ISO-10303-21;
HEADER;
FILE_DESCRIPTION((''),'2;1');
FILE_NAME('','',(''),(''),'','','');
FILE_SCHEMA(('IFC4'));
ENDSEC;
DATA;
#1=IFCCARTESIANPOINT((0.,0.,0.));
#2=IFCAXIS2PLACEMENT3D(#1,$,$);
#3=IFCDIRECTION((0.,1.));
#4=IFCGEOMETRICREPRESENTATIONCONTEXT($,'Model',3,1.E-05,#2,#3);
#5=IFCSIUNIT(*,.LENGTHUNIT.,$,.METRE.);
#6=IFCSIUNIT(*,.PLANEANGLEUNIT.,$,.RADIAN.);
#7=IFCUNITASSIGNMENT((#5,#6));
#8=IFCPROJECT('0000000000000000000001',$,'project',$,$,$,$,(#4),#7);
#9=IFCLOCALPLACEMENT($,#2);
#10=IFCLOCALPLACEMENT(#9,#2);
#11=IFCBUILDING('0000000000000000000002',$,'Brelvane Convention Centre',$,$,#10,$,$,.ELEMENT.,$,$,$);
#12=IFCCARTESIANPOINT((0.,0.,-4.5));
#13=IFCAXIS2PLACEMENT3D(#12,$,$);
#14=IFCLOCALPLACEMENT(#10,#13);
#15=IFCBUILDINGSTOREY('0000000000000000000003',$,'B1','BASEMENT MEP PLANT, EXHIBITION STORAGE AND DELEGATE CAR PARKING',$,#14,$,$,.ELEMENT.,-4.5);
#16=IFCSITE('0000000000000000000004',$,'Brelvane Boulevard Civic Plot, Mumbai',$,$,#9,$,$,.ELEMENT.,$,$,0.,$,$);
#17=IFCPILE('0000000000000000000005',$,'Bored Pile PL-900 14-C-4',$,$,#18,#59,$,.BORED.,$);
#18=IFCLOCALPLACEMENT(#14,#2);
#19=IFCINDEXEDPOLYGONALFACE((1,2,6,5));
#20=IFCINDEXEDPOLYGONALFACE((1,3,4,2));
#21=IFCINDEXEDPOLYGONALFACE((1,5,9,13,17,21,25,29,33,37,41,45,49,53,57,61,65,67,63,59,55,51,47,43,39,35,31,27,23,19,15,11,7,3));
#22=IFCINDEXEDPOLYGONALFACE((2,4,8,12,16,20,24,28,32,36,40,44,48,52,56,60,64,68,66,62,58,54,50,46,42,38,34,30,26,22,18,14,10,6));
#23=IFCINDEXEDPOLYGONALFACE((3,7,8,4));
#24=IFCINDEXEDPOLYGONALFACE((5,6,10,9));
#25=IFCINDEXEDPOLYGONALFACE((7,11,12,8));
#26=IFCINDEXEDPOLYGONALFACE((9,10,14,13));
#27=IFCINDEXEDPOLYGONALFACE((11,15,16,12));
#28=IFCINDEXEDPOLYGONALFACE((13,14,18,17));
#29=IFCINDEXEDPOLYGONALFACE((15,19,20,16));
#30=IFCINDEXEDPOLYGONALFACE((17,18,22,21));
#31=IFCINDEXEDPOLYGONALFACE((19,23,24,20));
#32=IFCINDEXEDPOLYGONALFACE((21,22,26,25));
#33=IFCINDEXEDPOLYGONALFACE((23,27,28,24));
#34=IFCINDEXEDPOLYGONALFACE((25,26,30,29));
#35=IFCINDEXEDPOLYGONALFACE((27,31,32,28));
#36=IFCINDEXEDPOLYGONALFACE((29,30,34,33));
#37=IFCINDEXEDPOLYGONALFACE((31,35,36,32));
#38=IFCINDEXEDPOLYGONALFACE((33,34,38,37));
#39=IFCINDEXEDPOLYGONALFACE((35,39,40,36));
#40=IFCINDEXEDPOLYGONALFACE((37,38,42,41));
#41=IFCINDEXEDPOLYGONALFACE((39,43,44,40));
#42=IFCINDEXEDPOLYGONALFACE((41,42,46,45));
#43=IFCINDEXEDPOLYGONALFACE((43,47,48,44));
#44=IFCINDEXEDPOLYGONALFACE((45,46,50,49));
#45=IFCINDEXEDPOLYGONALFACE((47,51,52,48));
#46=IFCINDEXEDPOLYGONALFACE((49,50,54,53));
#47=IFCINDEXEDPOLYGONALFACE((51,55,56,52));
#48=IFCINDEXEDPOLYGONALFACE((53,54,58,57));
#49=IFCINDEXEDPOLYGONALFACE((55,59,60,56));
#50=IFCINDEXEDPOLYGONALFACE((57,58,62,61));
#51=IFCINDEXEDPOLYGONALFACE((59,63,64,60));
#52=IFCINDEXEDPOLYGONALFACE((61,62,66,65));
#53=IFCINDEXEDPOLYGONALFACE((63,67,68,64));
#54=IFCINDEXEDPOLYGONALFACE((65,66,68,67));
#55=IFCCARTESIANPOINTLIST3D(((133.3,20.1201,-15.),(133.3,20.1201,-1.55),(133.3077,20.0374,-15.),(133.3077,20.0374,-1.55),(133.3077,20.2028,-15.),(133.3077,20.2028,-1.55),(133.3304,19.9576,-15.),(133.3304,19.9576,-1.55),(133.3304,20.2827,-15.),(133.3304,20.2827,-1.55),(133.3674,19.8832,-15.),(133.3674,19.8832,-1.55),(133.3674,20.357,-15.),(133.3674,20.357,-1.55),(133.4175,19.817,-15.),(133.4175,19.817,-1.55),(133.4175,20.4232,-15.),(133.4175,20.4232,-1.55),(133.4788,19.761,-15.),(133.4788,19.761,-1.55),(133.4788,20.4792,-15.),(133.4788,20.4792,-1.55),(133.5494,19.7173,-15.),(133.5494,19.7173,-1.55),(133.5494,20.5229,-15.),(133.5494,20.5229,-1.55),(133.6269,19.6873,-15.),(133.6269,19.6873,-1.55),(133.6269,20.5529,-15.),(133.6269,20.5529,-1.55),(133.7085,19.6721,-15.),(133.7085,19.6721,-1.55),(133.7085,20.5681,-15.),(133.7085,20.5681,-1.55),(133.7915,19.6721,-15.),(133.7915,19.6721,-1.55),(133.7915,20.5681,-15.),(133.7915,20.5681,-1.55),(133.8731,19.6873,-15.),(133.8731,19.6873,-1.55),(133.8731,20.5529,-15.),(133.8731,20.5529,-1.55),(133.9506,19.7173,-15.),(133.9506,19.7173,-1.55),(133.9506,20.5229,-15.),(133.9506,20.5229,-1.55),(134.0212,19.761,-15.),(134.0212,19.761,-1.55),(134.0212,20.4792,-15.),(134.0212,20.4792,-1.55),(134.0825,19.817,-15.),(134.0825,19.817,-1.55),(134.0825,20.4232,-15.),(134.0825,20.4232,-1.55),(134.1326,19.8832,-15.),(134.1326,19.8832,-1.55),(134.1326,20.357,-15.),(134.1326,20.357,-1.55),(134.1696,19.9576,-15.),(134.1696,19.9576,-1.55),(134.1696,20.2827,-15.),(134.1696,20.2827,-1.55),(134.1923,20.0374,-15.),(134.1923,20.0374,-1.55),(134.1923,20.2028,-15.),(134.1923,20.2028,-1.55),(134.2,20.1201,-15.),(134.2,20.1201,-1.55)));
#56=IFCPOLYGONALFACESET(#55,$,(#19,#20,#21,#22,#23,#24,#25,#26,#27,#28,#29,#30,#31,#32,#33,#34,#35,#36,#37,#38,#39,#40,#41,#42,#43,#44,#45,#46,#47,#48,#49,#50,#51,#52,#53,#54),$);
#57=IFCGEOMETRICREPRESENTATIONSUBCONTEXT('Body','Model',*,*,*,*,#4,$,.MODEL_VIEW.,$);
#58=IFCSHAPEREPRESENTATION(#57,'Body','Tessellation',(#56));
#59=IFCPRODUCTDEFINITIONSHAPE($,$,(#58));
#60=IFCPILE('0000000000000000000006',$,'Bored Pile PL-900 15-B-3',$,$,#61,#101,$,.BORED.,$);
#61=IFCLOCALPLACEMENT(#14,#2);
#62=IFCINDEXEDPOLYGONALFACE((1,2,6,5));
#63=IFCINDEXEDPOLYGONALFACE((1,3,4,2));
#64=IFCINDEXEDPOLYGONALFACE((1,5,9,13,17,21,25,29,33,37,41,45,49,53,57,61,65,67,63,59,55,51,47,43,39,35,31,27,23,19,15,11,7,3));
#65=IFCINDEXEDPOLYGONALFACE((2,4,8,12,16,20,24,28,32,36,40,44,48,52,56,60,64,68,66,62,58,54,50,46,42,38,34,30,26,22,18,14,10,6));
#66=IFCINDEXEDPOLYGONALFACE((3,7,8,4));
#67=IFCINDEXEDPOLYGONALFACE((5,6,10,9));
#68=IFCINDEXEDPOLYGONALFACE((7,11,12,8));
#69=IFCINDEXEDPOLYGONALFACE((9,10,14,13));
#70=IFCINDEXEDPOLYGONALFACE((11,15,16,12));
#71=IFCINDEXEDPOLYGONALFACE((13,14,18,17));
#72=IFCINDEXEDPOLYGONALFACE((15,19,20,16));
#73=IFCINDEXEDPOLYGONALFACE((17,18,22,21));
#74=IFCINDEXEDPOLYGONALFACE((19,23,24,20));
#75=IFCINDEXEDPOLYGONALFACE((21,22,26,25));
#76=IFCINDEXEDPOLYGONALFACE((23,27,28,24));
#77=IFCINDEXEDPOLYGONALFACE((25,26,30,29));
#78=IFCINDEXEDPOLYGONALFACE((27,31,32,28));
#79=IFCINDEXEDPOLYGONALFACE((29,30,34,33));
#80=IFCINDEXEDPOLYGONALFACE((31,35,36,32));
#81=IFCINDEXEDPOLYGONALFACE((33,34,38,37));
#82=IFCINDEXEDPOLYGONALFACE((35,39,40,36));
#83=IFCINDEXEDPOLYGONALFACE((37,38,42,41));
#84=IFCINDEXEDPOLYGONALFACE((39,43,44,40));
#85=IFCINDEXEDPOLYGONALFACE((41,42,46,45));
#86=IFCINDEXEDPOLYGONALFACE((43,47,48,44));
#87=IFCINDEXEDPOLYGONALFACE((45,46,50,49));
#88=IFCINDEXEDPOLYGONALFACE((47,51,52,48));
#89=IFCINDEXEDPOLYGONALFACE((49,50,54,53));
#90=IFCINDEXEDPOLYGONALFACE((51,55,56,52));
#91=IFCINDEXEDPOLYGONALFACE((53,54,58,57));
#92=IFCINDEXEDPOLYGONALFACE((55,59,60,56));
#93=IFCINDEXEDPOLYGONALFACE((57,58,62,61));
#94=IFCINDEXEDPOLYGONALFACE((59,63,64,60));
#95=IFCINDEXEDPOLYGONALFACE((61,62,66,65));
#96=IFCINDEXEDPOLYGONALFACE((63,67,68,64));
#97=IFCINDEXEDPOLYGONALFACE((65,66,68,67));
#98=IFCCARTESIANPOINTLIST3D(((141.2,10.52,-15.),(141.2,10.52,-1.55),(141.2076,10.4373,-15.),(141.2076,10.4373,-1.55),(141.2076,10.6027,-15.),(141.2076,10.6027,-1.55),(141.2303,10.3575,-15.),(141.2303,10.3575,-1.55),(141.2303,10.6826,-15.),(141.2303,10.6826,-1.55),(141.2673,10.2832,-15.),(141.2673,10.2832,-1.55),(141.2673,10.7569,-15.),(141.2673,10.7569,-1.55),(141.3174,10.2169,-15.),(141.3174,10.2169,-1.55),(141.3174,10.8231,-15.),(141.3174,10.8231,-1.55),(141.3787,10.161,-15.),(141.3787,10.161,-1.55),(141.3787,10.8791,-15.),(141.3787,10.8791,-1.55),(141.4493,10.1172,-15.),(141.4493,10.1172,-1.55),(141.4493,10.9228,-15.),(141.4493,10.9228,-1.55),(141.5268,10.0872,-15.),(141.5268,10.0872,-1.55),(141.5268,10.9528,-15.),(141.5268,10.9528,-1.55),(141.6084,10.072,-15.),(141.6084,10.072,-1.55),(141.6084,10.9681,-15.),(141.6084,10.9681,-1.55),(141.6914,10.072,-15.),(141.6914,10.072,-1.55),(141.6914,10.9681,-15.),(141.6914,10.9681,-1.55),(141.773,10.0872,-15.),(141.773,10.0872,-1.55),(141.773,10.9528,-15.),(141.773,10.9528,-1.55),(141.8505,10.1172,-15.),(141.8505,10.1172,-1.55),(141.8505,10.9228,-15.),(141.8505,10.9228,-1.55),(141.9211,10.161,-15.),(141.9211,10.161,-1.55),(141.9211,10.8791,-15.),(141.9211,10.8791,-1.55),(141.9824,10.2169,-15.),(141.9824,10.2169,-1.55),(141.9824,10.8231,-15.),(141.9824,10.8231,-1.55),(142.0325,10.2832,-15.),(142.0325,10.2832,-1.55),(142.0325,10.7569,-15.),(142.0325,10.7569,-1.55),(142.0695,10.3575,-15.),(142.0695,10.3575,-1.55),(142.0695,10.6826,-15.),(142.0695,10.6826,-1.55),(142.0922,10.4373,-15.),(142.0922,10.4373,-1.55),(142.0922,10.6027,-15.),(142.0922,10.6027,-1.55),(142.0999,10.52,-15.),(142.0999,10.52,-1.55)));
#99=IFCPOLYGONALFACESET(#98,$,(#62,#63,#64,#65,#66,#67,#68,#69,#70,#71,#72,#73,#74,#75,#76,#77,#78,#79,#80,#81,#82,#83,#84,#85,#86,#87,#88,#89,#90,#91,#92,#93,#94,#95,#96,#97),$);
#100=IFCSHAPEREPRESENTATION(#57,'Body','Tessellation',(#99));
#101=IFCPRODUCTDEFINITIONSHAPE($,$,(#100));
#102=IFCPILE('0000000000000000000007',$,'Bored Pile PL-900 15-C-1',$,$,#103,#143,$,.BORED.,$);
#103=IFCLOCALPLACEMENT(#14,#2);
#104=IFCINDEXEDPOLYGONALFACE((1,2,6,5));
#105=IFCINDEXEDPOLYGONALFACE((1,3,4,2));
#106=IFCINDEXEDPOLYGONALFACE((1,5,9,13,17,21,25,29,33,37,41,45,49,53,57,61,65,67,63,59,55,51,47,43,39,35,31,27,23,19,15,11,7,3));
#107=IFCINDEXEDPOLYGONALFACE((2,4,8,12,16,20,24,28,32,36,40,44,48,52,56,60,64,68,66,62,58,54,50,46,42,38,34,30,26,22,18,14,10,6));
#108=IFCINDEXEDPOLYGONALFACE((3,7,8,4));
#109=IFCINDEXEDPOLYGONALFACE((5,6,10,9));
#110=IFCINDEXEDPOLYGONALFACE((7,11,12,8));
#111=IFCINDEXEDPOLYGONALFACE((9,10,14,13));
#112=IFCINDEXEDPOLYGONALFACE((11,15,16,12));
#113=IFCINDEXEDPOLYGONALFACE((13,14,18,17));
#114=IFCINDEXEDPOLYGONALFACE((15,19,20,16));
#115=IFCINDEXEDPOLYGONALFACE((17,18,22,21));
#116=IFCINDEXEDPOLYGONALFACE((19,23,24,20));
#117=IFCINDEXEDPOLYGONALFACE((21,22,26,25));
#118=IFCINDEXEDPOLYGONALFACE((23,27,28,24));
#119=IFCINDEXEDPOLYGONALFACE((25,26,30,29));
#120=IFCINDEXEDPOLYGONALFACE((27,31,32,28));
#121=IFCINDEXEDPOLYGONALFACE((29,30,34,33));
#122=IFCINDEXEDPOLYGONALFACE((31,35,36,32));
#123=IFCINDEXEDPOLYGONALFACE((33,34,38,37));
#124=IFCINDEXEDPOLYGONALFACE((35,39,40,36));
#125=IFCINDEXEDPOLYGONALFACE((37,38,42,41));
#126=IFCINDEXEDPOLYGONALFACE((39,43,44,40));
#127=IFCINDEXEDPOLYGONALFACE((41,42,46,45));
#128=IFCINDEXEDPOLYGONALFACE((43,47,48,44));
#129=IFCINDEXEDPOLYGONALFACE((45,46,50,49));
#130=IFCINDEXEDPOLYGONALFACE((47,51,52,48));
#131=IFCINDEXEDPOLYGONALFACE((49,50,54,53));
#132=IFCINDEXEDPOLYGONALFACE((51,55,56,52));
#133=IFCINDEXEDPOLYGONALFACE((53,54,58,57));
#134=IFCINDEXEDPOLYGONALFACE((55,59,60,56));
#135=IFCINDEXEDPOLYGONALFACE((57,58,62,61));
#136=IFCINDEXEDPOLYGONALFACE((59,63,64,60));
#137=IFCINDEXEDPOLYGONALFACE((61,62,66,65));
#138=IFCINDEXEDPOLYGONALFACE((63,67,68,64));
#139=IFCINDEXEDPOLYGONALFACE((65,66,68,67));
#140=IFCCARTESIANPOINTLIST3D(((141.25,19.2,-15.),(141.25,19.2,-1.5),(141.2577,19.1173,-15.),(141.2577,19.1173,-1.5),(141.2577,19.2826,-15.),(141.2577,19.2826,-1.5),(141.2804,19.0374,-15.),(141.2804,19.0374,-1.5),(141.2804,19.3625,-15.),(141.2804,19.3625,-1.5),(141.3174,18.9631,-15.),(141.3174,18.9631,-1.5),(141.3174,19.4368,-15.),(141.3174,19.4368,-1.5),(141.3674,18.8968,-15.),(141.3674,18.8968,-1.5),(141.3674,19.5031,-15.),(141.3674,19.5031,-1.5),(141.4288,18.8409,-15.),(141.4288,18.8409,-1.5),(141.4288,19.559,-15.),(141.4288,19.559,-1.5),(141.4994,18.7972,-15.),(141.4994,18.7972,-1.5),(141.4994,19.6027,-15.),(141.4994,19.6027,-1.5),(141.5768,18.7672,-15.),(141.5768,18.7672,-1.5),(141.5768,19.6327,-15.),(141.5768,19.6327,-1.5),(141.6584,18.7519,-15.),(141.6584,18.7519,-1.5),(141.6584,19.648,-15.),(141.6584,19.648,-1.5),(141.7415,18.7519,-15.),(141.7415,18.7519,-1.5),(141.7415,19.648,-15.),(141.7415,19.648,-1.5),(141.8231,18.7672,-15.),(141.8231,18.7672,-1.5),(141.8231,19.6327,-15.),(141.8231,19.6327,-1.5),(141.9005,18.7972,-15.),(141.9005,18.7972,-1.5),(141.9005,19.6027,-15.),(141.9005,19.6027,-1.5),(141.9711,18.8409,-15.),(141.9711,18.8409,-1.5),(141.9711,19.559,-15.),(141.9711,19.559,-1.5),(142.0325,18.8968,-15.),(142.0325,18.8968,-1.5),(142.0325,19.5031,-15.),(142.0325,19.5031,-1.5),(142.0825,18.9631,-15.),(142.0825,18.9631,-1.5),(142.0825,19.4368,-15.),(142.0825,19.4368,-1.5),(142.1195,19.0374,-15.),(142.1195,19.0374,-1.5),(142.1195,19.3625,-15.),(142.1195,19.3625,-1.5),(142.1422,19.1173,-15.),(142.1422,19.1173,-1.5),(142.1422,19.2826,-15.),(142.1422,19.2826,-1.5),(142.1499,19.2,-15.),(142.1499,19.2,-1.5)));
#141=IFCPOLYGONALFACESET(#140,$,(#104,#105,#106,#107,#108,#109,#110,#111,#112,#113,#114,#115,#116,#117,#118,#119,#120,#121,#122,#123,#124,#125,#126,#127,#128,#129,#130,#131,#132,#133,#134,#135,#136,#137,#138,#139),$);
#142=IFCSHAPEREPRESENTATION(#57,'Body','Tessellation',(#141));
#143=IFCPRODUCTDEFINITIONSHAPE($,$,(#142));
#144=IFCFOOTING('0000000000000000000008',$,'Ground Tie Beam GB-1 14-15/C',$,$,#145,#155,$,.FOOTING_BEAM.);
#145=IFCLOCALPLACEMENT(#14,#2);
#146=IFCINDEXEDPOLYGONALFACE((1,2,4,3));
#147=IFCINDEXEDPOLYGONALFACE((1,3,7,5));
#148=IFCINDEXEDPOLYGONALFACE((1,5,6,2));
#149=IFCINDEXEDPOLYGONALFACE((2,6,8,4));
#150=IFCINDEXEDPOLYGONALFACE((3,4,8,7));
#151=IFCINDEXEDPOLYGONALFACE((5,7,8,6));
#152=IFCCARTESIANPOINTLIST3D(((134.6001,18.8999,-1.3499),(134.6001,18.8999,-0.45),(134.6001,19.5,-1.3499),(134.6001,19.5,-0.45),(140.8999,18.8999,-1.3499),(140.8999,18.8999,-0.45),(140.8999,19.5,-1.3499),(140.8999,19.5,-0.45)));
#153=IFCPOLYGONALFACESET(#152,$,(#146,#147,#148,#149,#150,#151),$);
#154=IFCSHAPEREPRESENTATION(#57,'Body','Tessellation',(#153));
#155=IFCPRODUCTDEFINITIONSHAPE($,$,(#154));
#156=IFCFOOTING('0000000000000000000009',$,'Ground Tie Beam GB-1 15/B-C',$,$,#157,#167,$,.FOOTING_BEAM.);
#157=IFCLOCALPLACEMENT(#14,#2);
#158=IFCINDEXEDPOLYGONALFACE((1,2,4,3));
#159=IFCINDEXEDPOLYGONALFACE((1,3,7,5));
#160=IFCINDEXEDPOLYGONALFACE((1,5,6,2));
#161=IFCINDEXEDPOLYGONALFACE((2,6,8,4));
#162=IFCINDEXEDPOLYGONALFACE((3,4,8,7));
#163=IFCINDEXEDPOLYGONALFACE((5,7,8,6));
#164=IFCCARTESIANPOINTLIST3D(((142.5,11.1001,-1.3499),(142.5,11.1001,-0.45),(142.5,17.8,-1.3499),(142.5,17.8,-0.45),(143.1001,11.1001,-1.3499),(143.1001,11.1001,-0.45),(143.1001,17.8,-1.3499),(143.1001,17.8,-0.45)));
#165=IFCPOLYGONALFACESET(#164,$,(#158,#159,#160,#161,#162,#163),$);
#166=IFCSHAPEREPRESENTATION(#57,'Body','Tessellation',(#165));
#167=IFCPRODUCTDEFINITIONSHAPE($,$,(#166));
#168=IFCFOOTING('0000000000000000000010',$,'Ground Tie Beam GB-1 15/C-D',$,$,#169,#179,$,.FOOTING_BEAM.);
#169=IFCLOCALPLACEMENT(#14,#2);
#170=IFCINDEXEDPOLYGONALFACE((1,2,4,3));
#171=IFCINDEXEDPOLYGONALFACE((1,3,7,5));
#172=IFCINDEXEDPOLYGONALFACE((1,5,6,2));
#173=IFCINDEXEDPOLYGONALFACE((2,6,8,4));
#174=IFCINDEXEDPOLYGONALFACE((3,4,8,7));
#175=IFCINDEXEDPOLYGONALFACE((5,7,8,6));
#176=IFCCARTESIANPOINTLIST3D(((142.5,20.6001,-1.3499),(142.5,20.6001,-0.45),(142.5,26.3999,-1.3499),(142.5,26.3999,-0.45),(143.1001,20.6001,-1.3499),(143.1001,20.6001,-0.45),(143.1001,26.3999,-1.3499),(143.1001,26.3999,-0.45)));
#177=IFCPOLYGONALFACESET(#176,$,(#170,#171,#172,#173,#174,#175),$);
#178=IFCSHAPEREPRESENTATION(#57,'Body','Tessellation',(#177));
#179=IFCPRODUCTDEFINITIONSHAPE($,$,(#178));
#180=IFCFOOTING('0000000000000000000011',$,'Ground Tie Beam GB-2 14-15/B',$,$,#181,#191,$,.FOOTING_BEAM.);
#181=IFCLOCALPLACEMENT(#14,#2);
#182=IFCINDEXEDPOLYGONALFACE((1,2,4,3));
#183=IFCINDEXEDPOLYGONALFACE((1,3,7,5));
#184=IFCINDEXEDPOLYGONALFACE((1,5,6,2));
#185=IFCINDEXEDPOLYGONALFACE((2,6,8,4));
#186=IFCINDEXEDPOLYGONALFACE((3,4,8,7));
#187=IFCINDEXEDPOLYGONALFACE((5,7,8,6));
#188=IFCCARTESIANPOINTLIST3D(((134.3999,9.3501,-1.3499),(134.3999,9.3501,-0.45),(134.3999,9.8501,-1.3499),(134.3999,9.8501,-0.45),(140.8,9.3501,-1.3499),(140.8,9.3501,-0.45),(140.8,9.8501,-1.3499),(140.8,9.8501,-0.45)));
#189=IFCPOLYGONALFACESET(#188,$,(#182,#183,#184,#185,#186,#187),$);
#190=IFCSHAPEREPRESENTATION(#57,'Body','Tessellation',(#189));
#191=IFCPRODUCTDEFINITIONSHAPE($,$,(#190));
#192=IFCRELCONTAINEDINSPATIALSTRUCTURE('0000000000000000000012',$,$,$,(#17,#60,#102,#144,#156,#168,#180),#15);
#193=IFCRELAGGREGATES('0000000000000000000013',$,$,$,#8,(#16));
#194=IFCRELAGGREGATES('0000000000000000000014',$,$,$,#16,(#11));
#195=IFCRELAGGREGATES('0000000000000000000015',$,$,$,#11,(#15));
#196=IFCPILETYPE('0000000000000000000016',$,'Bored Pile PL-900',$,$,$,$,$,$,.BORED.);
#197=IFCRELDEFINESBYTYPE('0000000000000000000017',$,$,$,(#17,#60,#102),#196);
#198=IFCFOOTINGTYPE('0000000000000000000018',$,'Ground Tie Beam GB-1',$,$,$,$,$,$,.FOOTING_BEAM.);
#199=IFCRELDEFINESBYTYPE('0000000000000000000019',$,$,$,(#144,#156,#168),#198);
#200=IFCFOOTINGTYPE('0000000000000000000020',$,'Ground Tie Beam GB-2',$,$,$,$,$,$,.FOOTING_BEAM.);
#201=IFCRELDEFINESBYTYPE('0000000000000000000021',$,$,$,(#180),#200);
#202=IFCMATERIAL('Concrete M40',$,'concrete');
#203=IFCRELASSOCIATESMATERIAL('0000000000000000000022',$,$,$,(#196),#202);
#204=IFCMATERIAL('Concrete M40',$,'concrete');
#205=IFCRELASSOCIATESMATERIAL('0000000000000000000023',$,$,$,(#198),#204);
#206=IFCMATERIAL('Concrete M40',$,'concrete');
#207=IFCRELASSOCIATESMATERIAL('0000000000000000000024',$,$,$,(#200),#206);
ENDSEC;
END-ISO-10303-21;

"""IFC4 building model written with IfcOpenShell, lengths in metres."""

from ifc_helpers import new_model, si_unit, direction, frame, origin, origin_2d, place, context, subcontext, project, spatial, rectangle, circle, extrude, material, material_profile, profile_set, type_object, element, save


model = new_model("IFC4")

# Units and contexts
model_context = context("Model", 3, precision=1e-05, world=origin(), true_north=direction((0.0, 1.0)))
body_context = subcontext(model_context, "Body", "Model", "MODEL_VIEW")
ifc_project = project(units=[si_unit("LENGTHUNIT", "METRE"), si_unit("PLANEANGLEUNIT", "RADIAN")], contexts=[model_context])

# Site, building, storey
site_placement = place(None, origin())
site = spatial("IfcSite", under=ifc_project, at=site_placement, Name="Brelvane Boulevard Civic Plot, Mumbai", CompositionType="ELEMENT", RefElevation=0.0)
building_placement = place(site_placement, origin())
building = spatial("IfcBuilding", under=site, at=building_placement, Name="Brelvane Convention Centre", CompositionType="ELEMENT")
storey_placement = place(building_placement, frame((0.0, 0.0, -4.5)))
storey = spatial("IfcBuildingStorey", under=building, at=storey_placement, Name="B1", Description="BASEMENT MEP PLANT, EXHIBITION STORAGE AND DELEGATE CAR PARKING", CompositionType="ELEMENT", Elevation=-4.5)

# Piles
ifc_material_1 = material(Name="Concrete M40", Category="concrete")
ifc_material_profile_1 = material_profile(ifc_material_1, circle(Radius=0.45, at=origin_2d()), Name="PILE D900")
ifc_profile_set_1 = profile_set([ifc_material_profile_1], Name="Concrete M40")
pile_type_1 = type_object("IfcPileType", Name="Bored Pile PL-900", PredefinedType="BORED", material=ifc_profile_set_1)
for number, where, z_axis, x_axis, name in (
    (1, (133.75, 20.1201, -1.55), (0.0, 0.0, -1.0), (1.0, 0.0, 0.0), "Bored Pile PL-900 14-C-4"),
    (2, (141.6499, 10.52, -1.55), (0.0, 0.0, -1.0), (1.0, 0.0, 0.0), "Bored Pile PL-900 15-B-3"),
):
    element("IfcPile", number, at=place(storey_placement, frame(where, z_axis=z_axis, x_axis=x_axis)), inside=storey, type_object=pile_type_1, Name=name, PredefinedType="BORED", context=body_context, shape_type="SweptSolid", body=[
        extrude(circle(Radius=0.45, at=origin_2d()), origin(), (0.0, 0.0, 1.0), 13.45),
    ])
pile_placement = place(storey_placement, frame((141.7, 19.2, -1.5), z_axis=(0.0, 0.0, -1.0), x_axis=(1.0, 0.0, 0.0)))
element("IfcPile", 3, at=pile_placement, inside=storey, type_object=pile_type_1, Name="Bored Pile PL-900 15-C-1", PredefinedType="BORED", context=body_context, shape_type="SweptSolid", body=[
    extrude(circle(Radius=0.45, at=origin_2d()), origin(), (0.0, 0.0, 1.0), 13.5),
])

# Footings
ifc_material_2 = material(Name="Concrete M40", Category="concrete")
ifc_material_profile_2 = material_profile(ifc_material_2, rectangle(XDim=0.6001, YDim=0.8999, at=origin_2d()), Name="RC 600x900")
ifc_profile_set_2 = profile_set([ifc_material_profile_2], Name="Concrete M40")
footing_type_1 = type_object("IfcFootingType", Name="Ground Tie Beam GB-1", PredefinedType="FOOTING_BEAM", material=ifc_profile_set_2)
footing_1_placement = place(storey_placement, frame((134.6001, 19.2, -0.8999), z_axis=(1.0, 0.0, 0.0), x_axis=(0.0, 1.0, 0.0)))
element("IfcFooting", 4, at=footing_1_placement, inside=storey, type_object=footing_type_1, Name="Ground Tie Beam GB-1 14-15/C", PredefinedType="FOOTING_BEAM", context=body_context, shape_type="SweptSolid", body=[
    extrude(rectangle(XDim=0.6001, YDim=0.8999, at=origin_2d()), origin(), (0.0, 0.0, 1.0), 6.2998),
])
footing_2_placement = place(storey_placement, frame((142.8, 11.1001, -0.8999), z_axis=(0.0, 1.0, 0.0), x_axis=(-1.0, 0.0, 0.0)))
element("IfcFooting", 5, at=footing_2_placement, inside=storey, type_object=footing_type_1, Name="Ground Tie Beam GB-1 15/B-C", PredefinedType="FOOTING_BEAM", context=body_context, shape_type="SweptSolid", body=[
    extrude(rectangle(XDim=0.6001, YDim=0.8999, at=origin_2d()), origin(), (0.0, 0.0, 1.0), 6.7),
])
footing_3_placement = place(storey_placement, frame((142.8, 20.6001, -0.8999), z_axis=(0.0, 1.0, 0.0), x_axis=(-1.0, 0.0, 0.0)))
element("IfcFooting", 6, at=footing_3_placement, inside=storey, type_object=footing_type_1, Name="Ground Tie Beam GB-1 15/C-D", PredefinedType="FOOTING_BEAM", context=body_context, shape_type="SweptSolid", body=[
    extrude(rectangle(XDim=0.6001, YDim=0.8999, at=origin_2d()), origin(), (0.0, 0.0, 1.0), 5.7998),
])
ifc_material_3 = material(Name="Concrete M40", Category="concrete")
ifc_material_profile_3 = material_profile(ifc_material_3, rectangle(XDim=0.5, YDim=0.8999, at=origin_2d()), Name="RC 500x900")
ifc_profile_set_3 = profile_set([ifc_material_profile_3], Name="Concrete M40")
footing_type_2 = type_object("IfcFootingType", Name="Ground Tie Beam GB-2", PredefinedType="FOOTING_BEAM", material=ifc_profile_set_3)
footing_4_placement = place(storey_placement, frame((134.3999, 9.6001, -0.8999), z_axis=(1.0, 0.0, 0.0), x_axis=(0.0, 1.0, 0.0)))
element("IfcFooting", 7, at=footing_4_placement, inside=storey, type_object=footing_type_2, Name="Ground Tie Beam GB-2 14-15/B", PredefinedType="FOOTING_BEAM", context=body_context, shape_type="SweptSolid", body=[
    extrude(rectangle(XDim=0.5, YDim=0.8999, at=origin_2d()), origin(), (0.0, 0.0, 1.0), 6.4001),
])

save(model, "model.ifc")
